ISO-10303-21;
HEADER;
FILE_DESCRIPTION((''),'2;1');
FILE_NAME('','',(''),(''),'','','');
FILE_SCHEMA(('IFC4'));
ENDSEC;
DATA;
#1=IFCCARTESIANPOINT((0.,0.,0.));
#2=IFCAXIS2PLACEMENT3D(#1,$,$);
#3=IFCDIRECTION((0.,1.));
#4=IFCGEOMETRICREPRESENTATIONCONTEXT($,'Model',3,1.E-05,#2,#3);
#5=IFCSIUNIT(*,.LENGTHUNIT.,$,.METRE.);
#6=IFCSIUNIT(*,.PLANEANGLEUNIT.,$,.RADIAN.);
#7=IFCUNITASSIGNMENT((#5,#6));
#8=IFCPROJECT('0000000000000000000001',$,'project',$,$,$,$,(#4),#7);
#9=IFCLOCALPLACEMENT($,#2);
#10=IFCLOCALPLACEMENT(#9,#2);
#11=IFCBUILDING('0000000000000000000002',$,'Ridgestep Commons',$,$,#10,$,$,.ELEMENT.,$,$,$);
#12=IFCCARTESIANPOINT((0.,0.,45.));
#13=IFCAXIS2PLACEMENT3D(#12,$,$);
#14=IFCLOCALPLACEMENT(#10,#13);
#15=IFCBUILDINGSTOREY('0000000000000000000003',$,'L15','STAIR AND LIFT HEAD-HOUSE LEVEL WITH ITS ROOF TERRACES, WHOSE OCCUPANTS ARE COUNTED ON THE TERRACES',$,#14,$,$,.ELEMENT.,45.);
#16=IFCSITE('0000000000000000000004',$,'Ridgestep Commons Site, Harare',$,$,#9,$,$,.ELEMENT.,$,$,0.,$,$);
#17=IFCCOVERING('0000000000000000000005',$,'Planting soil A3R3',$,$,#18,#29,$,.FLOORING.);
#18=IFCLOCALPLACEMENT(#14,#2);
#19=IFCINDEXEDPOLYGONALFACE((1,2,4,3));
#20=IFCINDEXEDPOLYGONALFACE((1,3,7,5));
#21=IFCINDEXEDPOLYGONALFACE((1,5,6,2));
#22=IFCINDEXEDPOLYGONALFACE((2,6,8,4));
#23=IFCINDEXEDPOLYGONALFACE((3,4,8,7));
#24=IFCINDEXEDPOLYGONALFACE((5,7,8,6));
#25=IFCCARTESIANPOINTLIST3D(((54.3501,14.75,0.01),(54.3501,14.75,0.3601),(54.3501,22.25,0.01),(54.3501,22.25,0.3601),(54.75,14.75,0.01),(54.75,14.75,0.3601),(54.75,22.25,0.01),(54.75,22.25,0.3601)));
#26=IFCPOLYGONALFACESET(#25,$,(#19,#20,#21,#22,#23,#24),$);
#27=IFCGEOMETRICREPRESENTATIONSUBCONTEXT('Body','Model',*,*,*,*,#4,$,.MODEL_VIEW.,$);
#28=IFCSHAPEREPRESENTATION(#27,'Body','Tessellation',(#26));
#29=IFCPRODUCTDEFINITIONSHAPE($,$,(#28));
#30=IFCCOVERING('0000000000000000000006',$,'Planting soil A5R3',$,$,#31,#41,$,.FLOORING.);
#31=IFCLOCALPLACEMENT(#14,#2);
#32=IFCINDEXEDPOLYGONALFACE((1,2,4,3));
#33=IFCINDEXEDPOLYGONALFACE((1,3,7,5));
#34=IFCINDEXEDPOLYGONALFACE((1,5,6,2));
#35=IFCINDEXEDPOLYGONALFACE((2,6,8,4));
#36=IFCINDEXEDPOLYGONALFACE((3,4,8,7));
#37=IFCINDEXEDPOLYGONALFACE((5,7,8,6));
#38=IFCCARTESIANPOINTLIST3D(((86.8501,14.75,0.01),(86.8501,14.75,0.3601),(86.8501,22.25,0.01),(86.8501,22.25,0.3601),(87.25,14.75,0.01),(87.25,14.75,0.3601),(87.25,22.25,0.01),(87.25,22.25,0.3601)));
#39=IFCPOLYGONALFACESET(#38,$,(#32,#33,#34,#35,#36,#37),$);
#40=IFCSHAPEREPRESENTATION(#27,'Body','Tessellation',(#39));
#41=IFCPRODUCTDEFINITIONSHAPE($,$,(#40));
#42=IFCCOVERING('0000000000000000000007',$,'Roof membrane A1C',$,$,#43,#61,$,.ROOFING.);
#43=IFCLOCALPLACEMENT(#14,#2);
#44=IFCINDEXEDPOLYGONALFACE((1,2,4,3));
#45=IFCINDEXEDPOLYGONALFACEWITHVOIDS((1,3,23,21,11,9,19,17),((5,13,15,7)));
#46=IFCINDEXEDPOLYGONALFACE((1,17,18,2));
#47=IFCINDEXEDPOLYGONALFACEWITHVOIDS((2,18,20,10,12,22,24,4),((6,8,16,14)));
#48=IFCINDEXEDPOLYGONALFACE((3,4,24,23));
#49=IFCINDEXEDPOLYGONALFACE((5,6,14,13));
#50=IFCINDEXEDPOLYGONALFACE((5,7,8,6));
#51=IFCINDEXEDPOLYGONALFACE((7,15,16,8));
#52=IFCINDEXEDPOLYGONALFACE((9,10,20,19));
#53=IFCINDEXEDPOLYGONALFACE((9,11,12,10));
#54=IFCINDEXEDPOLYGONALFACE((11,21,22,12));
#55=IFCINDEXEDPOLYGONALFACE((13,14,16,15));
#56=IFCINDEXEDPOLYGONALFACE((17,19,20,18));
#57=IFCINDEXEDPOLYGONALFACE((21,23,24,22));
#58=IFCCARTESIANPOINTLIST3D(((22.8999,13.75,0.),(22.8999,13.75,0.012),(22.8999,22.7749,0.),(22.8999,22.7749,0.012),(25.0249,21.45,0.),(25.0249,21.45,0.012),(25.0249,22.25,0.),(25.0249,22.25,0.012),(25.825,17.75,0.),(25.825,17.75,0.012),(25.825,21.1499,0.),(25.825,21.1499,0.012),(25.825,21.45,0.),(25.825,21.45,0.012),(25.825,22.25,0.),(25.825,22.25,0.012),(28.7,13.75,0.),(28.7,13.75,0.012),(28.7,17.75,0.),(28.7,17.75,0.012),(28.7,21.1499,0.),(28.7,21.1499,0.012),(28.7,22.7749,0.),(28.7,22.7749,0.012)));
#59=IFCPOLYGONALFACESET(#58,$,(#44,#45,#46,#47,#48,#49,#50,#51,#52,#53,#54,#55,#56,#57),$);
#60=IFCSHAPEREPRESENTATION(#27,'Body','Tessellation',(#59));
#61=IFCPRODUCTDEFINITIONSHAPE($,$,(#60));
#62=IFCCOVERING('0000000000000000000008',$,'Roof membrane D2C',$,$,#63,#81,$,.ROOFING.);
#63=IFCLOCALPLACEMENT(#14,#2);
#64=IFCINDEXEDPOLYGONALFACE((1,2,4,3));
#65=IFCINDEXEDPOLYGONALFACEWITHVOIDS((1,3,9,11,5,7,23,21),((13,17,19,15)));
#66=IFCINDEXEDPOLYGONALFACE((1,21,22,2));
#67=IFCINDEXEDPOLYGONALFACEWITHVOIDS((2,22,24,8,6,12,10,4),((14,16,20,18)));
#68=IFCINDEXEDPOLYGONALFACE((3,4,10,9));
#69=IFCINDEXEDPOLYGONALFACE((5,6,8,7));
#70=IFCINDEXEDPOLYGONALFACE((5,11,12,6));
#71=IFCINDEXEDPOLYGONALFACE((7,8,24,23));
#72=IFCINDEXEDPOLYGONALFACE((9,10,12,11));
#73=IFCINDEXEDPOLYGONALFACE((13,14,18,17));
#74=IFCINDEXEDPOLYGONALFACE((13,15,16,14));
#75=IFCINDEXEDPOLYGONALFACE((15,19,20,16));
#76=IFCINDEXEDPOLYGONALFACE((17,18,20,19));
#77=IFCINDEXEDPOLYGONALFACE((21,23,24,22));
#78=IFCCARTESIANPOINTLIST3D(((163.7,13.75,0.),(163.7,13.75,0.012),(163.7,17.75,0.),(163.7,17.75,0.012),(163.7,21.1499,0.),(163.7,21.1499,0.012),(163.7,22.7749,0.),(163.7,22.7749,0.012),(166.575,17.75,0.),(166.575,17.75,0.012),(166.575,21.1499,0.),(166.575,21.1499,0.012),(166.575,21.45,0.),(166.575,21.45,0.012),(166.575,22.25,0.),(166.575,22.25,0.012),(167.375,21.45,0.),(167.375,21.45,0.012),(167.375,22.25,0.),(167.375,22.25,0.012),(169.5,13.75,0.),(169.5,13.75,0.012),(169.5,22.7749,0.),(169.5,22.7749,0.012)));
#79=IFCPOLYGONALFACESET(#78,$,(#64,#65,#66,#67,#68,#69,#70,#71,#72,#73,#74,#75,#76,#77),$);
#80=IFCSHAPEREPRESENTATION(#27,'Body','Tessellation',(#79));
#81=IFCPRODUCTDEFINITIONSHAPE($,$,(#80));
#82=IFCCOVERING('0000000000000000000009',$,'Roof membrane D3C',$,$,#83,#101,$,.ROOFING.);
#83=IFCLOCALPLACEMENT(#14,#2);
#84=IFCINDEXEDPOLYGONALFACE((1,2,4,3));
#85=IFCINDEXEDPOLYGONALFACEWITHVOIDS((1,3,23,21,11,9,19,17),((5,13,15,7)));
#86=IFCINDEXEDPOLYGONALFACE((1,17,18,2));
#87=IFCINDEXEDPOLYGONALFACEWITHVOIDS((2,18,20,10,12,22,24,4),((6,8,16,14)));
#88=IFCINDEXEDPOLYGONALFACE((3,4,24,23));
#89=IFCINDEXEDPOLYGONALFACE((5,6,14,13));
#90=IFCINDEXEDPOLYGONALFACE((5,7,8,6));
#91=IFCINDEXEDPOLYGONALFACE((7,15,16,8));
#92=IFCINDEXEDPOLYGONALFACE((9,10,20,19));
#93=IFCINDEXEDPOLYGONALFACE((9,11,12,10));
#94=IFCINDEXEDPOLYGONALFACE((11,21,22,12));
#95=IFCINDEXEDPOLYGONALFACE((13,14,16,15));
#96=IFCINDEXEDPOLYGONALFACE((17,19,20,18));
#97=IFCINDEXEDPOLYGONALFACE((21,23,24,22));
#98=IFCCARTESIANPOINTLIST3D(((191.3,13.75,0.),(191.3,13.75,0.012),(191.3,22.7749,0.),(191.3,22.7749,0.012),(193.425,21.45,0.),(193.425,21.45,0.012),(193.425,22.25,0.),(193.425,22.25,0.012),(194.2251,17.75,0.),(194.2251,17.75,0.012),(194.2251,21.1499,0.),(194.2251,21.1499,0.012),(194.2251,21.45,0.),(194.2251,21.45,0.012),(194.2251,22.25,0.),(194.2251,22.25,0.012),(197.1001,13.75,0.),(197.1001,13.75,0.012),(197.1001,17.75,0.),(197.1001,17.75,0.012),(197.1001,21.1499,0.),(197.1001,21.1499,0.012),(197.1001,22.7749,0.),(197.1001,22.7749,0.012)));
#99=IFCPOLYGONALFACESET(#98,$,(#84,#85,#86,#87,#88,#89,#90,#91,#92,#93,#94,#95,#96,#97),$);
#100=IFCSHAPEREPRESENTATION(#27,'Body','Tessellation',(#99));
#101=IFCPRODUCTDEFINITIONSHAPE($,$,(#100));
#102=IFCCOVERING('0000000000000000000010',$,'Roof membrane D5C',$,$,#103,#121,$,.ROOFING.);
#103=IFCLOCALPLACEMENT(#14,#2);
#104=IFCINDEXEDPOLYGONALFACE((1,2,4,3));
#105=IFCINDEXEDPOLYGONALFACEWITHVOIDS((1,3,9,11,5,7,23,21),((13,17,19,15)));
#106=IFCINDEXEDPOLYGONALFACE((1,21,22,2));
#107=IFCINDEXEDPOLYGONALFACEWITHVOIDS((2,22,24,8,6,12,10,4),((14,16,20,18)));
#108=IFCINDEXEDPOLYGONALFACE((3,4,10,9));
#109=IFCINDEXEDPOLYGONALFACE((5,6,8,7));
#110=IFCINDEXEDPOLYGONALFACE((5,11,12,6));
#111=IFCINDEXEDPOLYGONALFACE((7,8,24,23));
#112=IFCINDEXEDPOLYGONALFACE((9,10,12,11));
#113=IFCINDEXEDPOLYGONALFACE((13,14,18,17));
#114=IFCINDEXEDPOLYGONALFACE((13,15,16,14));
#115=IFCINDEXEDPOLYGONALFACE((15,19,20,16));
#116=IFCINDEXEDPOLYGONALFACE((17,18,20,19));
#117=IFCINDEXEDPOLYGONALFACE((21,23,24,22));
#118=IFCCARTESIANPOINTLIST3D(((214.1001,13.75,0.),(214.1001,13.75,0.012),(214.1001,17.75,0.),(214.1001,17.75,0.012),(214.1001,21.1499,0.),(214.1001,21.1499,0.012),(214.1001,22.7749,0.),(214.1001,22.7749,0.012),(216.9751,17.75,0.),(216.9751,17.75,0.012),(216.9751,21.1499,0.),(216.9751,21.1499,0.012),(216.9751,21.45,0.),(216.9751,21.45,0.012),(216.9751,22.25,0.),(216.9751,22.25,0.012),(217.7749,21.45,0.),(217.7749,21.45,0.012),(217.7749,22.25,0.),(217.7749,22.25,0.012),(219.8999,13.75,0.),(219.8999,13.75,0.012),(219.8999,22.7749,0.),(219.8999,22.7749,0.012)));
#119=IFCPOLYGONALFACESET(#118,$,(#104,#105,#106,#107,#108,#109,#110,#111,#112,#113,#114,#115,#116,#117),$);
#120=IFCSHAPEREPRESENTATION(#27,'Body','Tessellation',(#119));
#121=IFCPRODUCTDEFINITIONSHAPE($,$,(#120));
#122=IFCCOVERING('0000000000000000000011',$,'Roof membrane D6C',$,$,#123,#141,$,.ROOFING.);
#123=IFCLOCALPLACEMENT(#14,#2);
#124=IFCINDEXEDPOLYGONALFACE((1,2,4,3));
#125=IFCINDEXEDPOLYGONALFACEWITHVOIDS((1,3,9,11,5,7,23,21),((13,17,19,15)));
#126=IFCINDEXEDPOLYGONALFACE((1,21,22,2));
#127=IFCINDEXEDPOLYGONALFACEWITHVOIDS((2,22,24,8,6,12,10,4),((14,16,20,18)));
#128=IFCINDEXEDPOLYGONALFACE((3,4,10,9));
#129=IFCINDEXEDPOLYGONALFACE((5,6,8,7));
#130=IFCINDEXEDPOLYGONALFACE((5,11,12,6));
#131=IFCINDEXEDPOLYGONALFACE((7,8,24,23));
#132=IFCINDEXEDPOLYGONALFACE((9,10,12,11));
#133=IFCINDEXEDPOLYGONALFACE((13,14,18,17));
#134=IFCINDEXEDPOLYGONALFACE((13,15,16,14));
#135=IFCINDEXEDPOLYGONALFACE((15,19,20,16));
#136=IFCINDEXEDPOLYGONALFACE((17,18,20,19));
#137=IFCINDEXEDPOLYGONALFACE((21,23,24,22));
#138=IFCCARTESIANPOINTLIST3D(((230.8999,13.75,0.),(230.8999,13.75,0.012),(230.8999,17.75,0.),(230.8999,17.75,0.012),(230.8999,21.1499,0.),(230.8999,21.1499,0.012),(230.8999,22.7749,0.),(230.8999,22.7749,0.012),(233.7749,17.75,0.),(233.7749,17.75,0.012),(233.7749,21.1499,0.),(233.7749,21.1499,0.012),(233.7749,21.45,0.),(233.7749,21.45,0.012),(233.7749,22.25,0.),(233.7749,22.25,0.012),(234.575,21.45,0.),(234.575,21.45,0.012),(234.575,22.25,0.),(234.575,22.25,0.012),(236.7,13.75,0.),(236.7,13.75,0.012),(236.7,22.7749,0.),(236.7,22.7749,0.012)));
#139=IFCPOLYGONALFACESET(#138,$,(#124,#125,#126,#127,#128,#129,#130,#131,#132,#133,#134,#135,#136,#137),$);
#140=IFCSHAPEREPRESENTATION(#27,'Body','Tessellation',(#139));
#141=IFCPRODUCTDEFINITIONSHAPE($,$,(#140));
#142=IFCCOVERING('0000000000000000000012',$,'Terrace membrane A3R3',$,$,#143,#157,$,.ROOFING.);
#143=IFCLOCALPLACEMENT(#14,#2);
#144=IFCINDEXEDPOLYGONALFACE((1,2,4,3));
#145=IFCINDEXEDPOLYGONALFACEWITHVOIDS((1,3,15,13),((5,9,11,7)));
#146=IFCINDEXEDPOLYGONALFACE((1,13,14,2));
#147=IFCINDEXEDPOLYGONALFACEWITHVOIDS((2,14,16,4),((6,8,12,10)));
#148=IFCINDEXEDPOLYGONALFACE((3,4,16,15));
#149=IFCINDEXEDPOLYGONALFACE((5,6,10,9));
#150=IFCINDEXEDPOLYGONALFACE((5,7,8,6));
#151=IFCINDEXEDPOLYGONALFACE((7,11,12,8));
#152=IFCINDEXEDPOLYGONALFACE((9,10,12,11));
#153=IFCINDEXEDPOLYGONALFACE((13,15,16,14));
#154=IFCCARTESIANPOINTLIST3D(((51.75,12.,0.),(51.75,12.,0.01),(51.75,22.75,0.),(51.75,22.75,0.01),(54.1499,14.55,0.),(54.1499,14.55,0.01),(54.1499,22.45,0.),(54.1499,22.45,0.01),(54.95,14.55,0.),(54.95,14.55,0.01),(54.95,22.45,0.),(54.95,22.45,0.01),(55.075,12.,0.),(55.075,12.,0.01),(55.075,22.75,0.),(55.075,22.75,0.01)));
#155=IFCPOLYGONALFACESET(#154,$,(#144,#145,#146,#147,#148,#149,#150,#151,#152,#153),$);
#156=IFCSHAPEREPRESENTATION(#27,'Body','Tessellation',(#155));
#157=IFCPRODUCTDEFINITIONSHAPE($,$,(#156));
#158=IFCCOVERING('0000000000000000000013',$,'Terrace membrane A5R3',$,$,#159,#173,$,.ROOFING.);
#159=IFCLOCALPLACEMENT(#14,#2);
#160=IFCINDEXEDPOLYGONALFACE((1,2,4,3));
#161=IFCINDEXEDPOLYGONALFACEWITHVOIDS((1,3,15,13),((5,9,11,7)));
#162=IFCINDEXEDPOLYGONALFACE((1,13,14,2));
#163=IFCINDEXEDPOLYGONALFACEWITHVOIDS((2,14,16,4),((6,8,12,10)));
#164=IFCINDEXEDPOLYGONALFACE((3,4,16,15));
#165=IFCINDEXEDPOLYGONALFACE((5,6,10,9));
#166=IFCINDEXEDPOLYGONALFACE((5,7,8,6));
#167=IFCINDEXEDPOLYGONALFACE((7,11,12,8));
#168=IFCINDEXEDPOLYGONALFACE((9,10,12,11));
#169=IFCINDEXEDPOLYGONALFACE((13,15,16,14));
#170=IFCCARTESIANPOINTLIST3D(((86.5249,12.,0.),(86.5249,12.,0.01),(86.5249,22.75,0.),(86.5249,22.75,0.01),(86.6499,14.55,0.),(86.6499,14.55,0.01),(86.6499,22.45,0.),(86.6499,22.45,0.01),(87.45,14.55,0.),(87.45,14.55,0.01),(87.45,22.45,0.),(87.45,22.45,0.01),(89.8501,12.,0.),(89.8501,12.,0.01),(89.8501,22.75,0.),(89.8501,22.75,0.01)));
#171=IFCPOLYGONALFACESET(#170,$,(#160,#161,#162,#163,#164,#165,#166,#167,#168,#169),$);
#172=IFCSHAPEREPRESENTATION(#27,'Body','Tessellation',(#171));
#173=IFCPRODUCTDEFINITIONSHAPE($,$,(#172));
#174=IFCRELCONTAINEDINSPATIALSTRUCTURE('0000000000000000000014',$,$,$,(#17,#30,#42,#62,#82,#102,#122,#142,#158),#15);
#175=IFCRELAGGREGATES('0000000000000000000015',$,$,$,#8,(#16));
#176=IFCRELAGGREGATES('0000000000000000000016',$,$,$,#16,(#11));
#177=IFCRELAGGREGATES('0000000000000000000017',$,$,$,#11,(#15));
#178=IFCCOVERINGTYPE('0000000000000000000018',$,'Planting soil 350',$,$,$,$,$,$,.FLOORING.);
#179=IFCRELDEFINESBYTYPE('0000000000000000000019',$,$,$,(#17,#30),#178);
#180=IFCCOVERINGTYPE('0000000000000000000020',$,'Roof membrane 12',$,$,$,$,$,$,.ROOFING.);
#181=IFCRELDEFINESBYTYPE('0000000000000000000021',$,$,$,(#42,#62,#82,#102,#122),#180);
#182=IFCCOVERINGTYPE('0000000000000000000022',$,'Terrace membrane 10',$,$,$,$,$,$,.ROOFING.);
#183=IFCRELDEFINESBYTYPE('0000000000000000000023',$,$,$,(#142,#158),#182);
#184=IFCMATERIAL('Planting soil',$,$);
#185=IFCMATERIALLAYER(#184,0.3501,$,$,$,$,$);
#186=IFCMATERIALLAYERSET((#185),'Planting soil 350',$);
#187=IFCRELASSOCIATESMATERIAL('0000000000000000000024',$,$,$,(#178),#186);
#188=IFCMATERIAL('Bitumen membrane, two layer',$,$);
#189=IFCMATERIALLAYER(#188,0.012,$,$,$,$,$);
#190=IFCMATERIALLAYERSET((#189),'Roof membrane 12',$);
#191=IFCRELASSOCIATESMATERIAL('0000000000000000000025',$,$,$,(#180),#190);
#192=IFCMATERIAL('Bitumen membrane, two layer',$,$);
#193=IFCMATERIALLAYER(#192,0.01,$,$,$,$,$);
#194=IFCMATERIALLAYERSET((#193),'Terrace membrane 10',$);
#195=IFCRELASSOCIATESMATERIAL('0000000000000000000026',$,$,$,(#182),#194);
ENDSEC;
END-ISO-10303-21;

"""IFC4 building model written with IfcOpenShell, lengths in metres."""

from ifc_helpers import new_model, si_unit, direction, frame, origin, place, context, subcontext, project, spatial, polyline, outline, extrude, material, layer, layer_set, type_object, element, save


model = new_model("IFC4")

# Units and contexts
model_context = context("Model", 3, precision=1e-05, world=origin(), true_north=direction((0.0, 1.0)))
body_context = subcontext(model_context, "Body", "Model", "MODEL_VIEW")
ifc_project = project(units=[si_unit("LENGTHUNIT", "METRE"), si_unit("PLANEANGLEUNIT", "RADIAN")], contexts=[model_context])

# Site, building, storey
site_placement = place(None, origin())
site = spatial("IfcSite", under=ifc_project, at=site_placement, Name="Ridgestep Commons Site, Harare", CompositionType="ELEMENT", RefElevation=0.0)
building_placement = place(site_placement, origin())
building = spatial("IfcBuilding", under=site, at=building_placement, Name="Ridgestep Commons", CompositionType="ELEMENT")
storey_placement = place(building_placement, frame((0.0, 0.0, 45.0)))
storey = spatial("IfcBuildingStorey", under=building, at=storey_placement, Name="L15", Description="STAIR AND LIFT HEAD-HOUSE LEVEL WITH ITS ROOF TERRACES, WHOSE OCCUPANTS ARE COUNTED ON THE TERRACES", CompositionType="ELEMENT", Elevation=45.0)

# Coverings
ifc_material_1 = material(Name="Planting soil")
ifc_layer_1 = layer(ifc_material_1, 0.3501)
ifc_layer_set_1 = layer_set([ifc_layer_1], Name="Planting soil 350")
covering_type_1 = type_object("IfcCoveringType", Name="Planting soil 350", PredefinedType="FLOORING", material=ifc_layer_set_1)
covering_1_placement = place(storey_placement, frame((0.0, 0.0, 0.01)))
element("IfcCovering", 1, at=covering_1_placement, inside=storey, type_object=covering_type_1, Name="Planting soil A3R3", PredefinedType="FLOORING", context=body_context, shape_type="SweptSolid", body=[
    extrude(outline(polyline([(54.3501, 14.75), (54.75, 14.75), (54.75, 22.25), (54.3501, 22.25), (54.3501, 14.75)])), origin(), (0.0, 0.0, 1.0), 0.3501),
])
covering_2_placement = place(storey_placement, frame((0.0, 0.0, 0.01)))
element("IfcCovering", 2, at=covering_2_placement, inside=storey, type_object=covering_type_1, Name="Planting soil A5R3", PredefinedType="FLOORING", context=body_context, shape_type="SweptSolid", body=[
    extrude(outline(polyline([(86.8501, 14.75), (87.25, 14.75), (87.25, 22.25), (86.8501, 22.25), (86.8501, 14.75)])), origin(), (0.0, 0.0, 1.0), 0.3501),
])
ifc_material_2 = material(Name="Bitumen membrane, two layer")
ifc_layer_2 = layer(ifc_material_2, 0.012)
ifc_layer_set_2 = layer_set([ifc_layer_2], Name="Roof membrane 12")
covering_type_2 = type_object("IfcCoveringType", Name="Roof membrane 12", PredefinedType="ROOFING", material=ifc_layer_set_2)
covering_3_placement = place(storey_placement, origin())
element("IfcCovering", 3, at=covering_3_placement, inside=storey, type_object=covering_type_2, Name="Roof membrane A1C", PredefinedType="ROOFING", context=body_context, shape_type="SweptSolid", body=[
    extrude(outline(polyline([(22.8999, 13.75), (22.8999, 22.7749), (28.7, 22.7749), (28.7, 21.1499), (25.825, 21.1499), (25.825, 17.75), (28.7, 17.75), (28.7, 13.75), (22.8999, 13.75)]), holes=[polyline([(25.825, 22.25), (25.0249, 22.25), (25.0249, 21.45), (25.825, 21.45), (25.825, 22.25)])]), origin(), (0.0, 0.0, 1.0), 0.012),
])
covering_4_placement = place(storey_placement, origin())
element("IfcCovering", 4, at=covering_4_placement, inside=storey, type_object=covering_type_2, Name="Roof membrane D2C", PredefinedType="ROOFING", context=body_context, shape_type="SweptSolid", body=[
    extrude(outline(polyline([(169.5, 22.7749), (169.5, 13.75), (163.7, 13.75), (163.7, 17.75), (166.575, 17.75), (166.575, 21.1499), (163.7, 21.1499), (163.7, 22.7749), (169.5, 22.7749)]), holes=[polyline([(167.375, 22.25), (166.575, 22.25), (166.575, 21.45), (167.375, 21.45), (167.375, 22.25)])]), origin(), (0.0, 0.0, 1.0), 0.012),
])
covering_5_placement = place(storey_placement, origin())
element("IfcCovering", 5, at=covering_5_placement, inside=storey, type_object=covering_type_2, Name="Roof membrane D3C", PredefinedType="ROOFING", context=body_context, shape_type="SweptSolid", body=[
    extrude(outline(polyline([(191.3, 13.75), (191.3, 22.7749), (197.1001, 22.7749), (197.1001, 21.1499), (194.2251, 21.1499), (194.2251, 17.75), (197.1001, 17.75), (197.1001, 13.75), (191.3, 13.75)]), holes=[polyline([(194.2251, 22.25), (193.425, 22.25), (193.425, 21.45), (194.2251, 21.45), (194.2251, 22.25)])]), origin(), (0.0, 0.0, 1.0), 0.012),
])
covering_6_placement = place(storey_placement, origin())
element("IfcCovering", 6, at=covering_6_placement, inside=storey, type_object=covering_type_2, Name="Roof membrane D5C", PredefinedType="ROOFING", context=body_context, shape_type="SweptSolid", body=[
    extrude(outline(polyline([(219.8999, 22.7749), (219.8999, 13.75), (214.1001, 13.75), (214.1001, 17.75), (216.9751, 17.75), (216.9751, 21.1499), (214.1001, 21.1499), (214.1001, 22.7749), (219.8999, 22.7749)]), holes=[polyline([(217.7749, 22.25), (216.9751, 22.25), (216.9751, 21.45), (217.7749, 21.45), (217.7749, 22.25)])]), origin(), (0.0, 0.0, 1.0), 0.012),
])
covering_7_placement = place(storey_placement, origin())
element("IfcCovering", 7, at=covering_7_placement, inside=storey, type_object=covering_type_2, Name="Roof membrane D6C", PredefinedType="ROOFING", context=body_context, shape_type="SweptSolid", body=[
    extrude(outline(polyline([(236.7, 22.7749), (236.7, 13.75), (230.8999, 13.75), (230.8999, 17.75), (233.7749, 17.75), (233.7749, 21.1499), (230.8999, 21.1499), (230.8999, 22.7749), (236.7, 22.7749)]), holes=[polyline([(234.575, 22.25), (233.7749, 22.25), (233.7749, 21.45), (234.575, 21.45), (234.575, 22.25)])]), origin(), (0.0, 0.0, 1.0), 0.012),
])
ifc_material_3 = material(Name="Bitumen membrane, two layer")
ifc_layer_3 = layer(ifc_material_3, 0.01)
ifc_layer_set_3 = layer_set([ifc_layer_3], Name="Terrace membrane 10")
covering_type_3 = type_object("IfcCoveringType", Name="Terrace membrane 10", PredefinedType="ROOFING", material=ifc_layer_set_3)
covering_8_placement = place(storey_placement, origin())
element("IfcCovering", 8, at=covering_8_placement, inside=storey, type_object=covering_type_3, Name="Terrace membrane A3R3", PredefinedType="ROOFING", context=body_context, shape_type="SweptSolid", body=[
    extrude(outline(polyline([(55.075, 12.0), (55.075, 22.75), (51.75, 22.75), (51.75, 12.0), (55.075, 12.0)]), holes=[polyline([(54.95, 14.55), (54.95, 22.45), (54.1499, 22.45), (54.1499, 14.55), (54.95, 14.55)])]), origin(), (0.0, 0.0, 1.0), 0.01),
])
covering_9_placement = place(storey_placement, origin())
element("IfcCovering", 9, at=covering_9_placement, inside=storey, type_object=covering_type_3, Name="Terrace membrane A5R3", PredefinedType="ROOFING", context=body_context, shape_type="SweptSolid", body=[
    extrude(outline(polyline([(89.8501, 12.0), (89.8501, 22.75), (86.5249, 22.75), (86.5249, 12.0), (89.8501, 12.0)]), holes=[polyline([(87.45, 14.55), (87.45, 22.45), (86.6499, 22.45), (86.6499, 14.55), (87.45, 14.55)])]), origin(), (0.0, 0.0, 1.0), 0.01),
])

save(model, "model.ifc")
